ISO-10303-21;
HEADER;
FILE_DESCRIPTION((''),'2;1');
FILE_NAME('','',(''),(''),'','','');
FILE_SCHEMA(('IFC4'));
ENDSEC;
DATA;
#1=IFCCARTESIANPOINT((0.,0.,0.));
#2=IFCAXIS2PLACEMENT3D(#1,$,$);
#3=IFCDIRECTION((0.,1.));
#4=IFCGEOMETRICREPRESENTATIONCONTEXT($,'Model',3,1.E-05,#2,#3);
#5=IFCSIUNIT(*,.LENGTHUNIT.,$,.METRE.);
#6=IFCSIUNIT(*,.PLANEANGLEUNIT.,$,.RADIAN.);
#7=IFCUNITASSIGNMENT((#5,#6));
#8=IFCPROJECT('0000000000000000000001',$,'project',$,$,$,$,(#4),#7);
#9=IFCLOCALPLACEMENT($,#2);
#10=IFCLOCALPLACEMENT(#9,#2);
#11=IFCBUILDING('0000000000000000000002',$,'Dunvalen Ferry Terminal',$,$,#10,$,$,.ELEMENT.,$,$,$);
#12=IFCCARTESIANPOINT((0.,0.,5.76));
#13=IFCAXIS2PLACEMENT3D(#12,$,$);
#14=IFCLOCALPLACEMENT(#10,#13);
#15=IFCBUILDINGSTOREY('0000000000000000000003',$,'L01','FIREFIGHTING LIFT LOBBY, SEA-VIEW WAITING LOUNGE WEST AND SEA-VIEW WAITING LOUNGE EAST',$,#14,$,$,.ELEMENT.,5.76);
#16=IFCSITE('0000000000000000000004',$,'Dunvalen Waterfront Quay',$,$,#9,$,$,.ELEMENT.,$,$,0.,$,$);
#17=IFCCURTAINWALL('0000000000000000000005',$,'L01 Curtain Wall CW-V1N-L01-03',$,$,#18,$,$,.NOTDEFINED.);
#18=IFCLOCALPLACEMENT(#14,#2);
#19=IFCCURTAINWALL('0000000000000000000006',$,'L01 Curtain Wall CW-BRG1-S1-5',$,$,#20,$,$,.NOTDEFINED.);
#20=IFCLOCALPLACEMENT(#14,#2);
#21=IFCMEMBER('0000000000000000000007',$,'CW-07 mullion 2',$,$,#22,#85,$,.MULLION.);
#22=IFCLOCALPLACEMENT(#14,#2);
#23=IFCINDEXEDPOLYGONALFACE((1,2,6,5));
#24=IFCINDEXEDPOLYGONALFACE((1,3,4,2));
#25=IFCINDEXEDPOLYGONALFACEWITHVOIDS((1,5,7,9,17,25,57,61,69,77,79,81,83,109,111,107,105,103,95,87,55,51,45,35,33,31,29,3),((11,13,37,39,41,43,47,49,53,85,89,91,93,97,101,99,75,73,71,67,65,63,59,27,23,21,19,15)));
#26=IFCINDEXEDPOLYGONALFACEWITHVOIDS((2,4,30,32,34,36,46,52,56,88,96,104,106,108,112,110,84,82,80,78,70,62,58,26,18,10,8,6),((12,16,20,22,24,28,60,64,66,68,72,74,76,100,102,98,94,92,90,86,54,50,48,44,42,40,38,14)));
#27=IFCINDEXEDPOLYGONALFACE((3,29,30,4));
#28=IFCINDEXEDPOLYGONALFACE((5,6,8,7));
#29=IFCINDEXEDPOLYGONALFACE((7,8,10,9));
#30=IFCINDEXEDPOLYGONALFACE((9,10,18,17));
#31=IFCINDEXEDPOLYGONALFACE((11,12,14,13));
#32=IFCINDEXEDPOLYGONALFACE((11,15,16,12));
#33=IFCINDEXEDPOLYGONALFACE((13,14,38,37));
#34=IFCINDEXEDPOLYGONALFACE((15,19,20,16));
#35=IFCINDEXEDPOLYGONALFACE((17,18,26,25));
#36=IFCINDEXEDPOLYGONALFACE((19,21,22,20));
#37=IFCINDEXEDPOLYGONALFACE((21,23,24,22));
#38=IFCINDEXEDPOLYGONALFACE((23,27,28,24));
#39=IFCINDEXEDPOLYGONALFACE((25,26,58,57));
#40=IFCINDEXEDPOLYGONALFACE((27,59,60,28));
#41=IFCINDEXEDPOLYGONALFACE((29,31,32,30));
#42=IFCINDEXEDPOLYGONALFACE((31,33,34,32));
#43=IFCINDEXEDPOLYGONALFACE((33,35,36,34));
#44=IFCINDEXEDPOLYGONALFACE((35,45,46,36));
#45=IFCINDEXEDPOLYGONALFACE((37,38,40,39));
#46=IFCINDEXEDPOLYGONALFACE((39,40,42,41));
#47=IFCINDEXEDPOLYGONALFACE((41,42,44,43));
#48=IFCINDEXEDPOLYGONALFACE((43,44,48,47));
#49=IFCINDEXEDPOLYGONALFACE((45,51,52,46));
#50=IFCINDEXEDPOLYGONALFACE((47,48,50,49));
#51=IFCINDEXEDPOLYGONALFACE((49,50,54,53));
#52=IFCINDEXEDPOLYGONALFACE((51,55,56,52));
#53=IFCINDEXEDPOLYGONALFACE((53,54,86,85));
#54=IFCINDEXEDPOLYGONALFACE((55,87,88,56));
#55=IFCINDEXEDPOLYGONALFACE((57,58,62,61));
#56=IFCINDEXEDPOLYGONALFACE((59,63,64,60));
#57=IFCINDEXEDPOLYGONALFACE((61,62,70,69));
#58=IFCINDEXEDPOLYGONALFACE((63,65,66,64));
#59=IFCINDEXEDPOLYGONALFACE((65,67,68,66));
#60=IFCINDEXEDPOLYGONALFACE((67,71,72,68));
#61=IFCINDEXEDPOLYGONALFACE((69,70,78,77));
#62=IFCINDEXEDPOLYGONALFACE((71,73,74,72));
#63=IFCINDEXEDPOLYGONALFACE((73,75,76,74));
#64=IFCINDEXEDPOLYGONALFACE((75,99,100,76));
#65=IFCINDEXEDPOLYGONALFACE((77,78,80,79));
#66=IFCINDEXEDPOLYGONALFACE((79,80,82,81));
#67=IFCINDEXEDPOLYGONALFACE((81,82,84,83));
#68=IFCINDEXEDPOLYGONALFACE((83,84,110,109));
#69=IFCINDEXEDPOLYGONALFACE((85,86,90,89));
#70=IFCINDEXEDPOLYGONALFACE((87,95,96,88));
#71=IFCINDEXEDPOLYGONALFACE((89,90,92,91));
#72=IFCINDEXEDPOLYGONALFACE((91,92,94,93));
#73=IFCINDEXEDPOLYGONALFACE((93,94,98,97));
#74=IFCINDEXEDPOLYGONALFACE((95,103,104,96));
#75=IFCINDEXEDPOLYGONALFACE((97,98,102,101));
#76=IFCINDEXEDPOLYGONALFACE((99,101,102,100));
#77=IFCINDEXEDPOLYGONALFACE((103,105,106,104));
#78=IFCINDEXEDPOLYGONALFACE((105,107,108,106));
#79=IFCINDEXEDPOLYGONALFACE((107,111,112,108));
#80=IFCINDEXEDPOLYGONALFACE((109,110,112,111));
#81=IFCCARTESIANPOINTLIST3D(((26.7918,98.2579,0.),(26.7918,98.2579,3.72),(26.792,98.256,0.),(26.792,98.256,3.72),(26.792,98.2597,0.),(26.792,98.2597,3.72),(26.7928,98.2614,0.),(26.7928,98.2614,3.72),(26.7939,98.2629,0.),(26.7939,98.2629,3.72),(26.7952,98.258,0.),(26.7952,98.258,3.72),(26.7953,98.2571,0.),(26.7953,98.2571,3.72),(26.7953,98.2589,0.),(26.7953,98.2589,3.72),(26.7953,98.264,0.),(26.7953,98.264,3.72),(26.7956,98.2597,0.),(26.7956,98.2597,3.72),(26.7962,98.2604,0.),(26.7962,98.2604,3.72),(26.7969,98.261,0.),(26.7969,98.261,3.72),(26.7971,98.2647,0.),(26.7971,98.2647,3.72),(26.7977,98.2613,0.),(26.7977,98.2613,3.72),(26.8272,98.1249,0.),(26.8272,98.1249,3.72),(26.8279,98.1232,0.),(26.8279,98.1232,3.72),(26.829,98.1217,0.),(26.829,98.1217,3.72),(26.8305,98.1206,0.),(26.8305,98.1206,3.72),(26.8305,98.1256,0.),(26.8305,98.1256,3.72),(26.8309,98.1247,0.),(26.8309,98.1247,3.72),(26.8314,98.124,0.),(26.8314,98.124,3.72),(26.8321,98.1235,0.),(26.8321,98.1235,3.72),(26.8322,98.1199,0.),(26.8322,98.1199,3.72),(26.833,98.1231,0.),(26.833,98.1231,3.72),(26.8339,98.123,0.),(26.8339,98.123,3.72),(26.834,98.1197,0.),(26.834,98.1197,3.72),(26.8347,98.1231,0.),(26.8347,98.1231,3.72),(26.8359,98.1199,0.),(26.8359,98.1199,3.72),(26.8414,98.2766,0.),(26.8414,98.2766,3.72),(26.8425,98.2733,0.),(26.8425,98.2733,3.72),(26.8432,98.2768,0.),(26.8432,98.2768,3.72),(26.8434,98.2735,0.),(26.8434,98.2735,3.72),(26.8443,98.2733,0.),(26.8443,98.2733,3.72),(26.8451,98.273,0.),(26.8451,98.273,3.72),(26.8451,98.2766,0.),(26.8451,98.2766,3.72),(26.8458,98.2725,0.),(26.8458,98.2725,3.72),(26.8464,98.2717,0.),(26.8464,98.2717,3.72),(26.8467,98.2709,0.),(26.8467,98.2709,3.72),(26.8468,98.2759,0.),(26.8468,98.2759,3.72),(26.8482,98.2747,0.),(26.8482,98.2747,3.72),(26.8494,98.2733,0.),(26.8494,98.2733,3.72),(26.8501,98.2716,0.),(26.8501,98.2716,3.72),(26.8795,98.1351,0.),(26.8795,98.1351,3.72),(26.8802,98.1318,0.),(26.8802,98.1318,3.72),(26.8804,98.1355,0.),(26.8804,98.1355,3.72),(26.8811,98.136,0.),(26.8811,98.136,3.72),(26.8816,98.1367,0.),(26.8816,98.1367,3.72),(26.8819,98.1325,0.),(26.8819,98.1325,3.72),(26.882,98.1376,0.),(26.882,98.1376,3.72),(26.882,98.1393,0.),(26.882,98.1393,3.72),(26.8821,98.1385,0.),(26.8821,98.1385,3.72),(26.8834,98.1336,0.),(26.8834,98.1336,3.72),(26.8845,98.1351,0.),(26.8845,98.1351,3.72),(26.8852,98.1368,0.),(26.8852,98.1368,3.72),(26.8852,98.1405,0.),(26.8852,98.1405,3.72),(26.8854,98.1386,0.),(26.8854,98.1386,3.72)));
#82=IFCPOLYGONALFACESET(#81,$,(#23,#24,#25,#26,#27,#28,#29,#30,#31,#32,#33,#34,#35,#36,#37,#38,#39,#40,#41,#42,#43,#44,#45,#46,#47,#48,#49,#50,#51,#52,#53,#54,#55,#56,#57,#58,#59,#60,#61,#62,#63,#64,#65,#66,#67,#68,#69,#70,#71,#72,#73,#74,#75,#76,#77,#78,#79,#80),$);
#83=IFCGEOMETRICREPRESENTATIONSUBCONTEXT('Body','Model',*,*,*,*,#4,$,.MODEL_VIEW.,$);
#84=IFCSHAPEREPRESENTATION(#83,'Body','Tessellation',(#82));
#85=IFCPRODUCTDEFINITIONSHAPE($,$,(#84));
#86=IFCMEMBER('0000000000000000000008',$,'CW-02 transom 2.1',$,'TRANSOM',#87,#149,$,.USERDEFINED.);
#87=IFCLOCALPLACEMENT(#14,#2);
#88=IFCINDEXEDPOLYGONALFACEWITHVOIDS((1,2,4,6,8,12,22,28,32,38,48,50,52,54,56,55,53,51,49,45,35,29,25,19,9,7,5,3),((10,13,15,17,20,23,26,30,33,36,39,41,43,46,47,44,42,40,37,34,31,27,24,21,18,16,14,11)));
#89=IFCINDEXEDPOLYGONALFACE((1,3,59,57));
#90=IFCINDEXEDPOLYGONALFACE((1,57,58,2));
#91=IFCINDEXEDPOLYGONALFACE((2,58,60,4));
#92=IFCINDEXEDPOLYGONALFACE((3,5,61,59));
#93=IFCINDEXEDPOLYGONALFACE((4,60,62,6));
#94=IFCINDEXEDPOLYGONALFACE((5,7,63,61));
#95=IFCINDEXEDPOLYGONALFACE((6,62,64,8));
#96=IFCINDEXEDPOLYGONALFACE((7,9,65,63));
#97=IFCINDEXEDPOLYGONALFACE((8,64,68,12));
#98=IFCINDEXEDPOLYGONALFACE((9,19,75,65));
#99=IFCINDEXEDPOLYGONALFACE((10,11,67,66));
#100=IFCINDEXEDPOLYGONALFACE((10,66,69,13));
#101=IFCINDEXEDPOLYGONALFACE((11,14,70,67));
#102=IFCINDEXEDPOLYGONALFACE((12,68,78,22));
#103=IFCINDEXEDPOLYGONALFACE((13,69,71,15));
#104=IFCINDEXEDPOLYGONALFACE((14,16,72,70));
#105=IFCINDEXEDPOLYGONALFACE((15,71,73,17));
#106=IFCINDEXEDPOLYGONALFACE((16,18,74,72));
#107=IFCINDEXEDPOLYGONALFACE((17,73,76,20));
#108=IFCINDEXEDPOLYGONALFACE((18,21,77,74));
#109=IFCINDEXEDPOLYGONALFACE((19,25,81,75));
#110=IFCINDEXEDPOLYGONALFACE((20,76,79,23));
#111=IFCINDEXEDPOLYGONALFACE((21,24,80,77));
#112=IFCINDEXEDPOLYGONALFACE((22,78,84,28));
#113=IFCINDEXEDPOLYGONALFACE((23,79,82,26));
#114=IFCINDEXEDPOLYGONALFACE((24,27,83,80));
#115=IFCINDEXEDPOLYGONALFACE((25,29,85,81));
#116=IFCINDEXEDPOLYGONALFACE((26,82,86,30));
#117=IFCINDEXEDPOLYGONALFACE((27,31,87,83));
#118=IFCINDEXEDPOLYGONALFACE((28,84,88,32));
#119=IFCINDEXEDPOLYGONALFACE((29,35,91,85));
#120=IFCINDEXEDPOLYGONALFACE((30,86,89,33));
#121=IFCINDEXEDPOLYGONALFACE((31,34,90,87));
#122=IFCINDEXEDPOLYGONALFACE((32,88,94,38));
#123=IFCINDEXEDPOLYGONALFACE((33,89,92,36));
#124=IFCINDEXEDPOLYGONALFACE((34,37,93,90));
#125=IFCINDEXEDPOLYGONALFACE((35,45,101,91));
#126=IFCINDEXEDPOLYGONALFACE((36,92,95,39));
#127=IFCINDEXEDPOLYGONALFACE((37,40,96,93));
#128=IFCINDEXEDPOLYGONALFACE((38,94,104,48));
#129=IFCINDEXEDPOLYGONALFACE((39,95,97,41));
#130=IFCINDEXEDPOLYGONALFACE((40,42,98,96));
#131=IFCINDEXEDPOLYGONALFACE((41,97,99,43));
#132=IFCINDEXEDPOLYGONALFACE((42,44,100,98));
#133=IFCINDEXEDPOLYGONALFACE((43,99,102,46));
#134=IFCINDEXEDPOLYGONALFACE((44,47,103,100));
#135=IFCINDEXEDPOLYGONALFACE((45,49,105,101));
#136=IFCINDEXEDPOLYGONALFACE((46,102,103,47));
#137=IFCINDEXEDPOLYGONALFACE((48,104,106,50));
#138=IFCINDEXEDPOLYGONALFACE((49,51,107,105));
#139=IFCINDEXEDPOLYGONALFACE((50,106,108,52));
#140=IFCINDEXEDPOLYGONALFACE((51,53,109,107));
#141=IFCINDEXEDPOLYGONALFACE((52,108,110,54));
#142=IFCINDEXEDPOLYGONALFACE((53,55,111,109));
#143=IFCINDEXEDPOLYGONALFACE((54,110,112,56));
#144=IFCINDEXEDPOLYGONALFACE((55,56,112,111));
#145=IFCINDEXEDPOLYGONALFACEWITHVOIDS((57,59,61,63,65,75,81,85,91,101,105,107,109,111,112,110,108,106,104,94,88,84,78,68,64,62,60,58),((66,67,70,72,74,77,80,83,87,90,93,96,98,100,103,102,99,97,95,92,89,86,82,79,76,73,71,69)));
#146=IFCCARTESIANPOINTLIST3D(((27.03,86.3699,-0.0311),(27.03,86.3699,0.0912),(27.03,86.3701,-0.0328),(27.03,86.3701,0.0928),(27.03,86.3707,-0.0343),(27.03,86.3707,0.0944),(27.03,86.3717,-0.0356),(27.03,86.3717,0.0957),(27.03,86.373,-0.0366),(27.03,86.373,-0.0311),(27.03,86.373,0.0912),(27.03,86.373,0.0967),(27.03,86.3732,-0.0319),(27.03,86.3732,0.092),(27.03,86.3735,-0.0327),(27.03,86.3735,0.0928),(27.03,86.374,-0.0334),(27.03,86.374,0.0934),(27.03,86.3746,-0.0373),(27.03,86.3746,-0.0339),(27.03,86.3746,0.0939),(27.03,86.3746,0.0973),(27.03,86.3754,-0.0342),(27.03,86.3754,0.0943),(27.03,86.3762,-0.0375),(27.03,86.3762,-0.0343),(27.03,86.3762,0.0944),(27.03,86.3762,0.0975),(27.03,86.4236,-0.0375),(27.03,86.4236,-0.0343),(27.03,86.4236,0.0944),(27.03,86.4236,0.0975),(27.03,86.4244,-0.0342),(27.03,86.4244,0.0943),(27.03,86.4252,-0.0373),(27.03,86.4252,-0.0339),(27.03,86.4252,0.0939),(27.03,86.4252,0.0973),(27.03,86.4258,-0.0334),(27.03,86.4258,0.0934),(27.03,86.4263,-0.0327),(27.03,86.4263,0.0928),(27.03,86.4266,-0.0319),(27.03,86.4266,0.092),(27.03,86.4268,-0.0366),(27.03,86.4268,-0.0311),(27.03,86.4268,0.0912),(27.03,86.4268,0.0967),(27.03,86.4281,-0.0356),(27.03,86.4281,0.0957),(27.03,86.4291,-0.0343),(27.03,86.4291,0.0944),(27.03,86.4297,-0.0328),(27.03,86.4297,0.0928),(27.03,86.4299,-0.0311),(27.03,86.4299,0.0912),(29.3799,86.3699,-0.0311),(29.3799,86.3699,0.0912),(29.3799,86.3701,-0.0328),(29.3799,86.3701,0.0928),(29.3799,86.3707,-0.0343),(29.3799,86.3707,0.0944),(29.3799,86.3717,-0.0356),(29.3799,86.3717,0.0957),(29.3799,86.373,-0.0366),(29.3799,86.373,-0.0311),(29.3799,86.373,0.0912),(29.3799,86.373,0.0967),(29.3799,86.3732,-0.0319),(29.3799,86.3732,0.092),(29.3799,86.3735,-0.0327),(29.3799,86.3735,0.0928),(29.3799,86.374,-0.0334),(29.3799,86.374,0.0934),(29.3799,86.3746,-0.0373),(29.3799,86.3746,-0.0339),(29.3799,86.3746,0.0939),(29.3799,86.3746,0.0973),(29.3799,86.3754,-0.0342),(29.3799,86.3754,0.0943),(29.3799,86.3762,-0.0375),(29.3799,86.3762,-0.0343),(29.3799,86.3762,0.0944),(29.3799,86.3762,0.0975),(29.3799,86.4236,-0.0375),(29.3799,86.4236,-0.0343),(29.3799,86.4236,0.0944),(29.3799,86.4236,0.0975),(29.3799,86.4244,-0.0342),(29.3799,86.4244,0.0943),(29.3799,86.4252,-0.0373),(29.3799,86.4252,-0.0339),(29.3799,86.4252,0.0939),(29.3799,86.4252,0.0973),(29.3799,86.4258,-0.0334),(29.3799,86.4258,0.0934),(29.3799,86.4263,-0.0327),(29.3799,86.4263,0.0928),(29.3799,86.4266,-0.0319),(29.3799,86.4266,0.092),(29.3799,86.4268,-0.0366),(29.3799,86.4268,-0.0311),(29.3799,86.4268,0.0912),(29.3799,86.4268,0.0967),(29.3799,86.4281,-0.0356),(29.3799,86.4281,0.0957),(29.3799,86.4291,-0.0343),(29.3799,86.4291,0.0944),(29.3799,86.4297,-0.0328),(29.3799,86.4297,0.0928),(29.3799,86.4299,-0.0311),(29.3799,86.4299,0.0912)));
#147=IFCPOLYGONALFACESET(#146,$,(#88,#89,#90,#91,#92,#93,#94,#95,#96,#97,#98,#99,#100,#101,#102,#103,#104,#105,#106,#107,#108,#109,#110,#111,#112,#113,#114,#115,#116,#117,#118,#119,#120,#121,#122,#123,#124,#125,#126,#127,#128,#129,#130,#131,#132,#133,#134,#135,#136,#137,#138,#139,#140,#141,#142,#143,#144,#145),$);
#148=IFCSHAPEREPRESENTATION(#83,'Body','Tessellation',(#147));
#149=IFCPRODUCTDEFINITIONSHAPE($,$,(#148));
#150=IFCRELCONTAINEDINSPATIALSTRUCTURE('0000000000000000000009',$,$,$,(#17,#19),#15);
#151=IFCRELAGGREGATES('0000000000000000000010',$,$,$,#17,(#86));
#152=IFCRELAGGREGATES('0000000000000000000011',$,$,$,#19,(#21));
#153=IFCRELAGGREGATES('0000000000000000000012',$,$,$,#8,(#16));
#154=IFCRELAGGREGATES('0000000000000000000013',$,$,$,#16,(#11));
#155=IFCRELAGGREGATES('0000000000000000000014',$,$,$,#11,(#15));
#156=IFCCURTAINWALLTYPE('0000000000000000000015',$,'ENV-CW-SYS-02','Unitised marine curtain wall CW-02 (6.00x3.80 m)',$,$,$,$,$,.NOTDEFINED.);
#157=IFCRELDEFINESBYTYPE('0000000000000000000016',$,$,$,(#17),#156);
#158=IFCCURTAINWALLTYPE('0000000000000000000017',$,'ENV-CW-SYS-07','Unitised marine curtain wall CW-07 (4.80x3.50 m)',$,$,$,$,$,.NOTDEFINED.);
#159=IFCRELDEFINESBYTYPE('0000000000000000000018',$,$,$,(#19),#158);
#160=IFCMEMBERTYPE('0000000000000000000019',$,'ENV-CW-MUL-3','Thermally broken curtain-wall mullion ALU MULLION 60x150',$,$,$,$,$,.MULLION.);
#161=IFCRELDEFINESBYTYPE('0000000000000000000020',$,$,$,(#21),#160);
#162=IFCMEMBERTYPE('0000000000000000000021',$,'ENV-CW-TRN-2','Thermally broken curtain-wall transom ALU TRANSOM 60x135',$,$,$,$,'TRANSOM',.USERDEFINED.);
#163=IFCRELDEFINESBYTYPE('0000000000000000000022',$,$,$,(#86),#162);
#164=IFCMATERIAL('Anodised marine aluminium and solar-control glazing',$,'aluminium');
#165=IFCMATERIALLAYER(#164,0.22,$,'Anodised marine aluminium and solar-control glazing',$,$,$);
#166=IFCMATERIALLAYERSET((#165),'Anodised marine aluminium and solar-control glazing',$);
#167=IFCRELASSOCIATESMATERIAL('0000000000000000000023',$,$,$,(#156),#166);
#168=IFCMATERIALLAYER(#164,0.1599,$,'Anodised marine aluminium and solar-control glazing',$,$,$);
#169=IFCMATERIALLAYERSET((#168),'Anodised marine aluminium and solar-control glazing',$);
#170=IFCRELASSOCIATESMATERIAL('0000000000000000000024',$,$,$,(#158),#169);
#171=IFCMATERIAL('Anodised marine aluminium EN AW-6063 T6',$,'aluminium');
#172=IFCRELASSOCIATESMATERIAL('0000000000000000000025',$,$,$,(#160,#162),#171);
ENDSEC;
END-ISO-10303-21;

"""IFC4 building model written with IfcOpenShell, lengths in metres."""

from ifc_helpers import new_model, si_unit, direction, frame, origin, origin_2d, place, context, subcontext, project, spatial, hollow_rectangle, extrude, material, layer, layer_set, material_profile, profile_set, type_object, element, aggregate, save


model = new_model("IFC4")

# Units and contexts
model_context = context("Model", 3, precision=1e-05, world=origin(), true_north=direction((0.0, 1.0)))
body_context = subcontext(model_context, "Body", "Model", "MODEL_VIEW")
ifc_project = project(units=[si_unit("LENGTHUNIT", "METRE"), si_unit("PLANEANGLEUNIT", "RADIAN")], contexts=[model_context])

# Site, building, storey
site_placement = place(None, origin())
site = spatial("IfcSite", under=ifc_project, at=site_placement, Name="Dunvalen Waterfront Quay", CompositionType="ELEMENT", RefElevation=0.0)
building_placement = place(site_placement, origin())
building = spatial("IfcBuilding", under=site, at=building_placement, Name="Dunvalen Ferry Terminal", CompositionType="ELEMENT")
storey_placement = place(building_placement, frame((0.0, 0.0, 5.76)))
storey = spatial("IfcBuildingStorey", under=building, at=storey_placement, Name="L01", Description="FIREFIGHTING LIFT LOBBY, SEA-VIEW WAITING LOUNGE WEST AND SEA-VIEW WAITING LOUNGE EAST", CompositionType="ELEMENT", Elevation=5.76)

# Curtain wall
ifc_material_1 = material(Name="Anodised marine aluminium and solar-control glazing", Category="aluminium")
ifc_layer_1 = layer(ifc_material_1, 0.22, Name="Anodised marine aluminium and solar-control glazing")
ifc_layer_set_1 = layer_set([ifc_layer_1], Name="Anodised marine aluminium and solar-control glazing")
curtain_wall_type_1 = type_object("IfcCurtainWallType", Name="ENV-CW-SYS-02", Description="Unitised marine curtain wall CW-02 (6.00x3.80 m)", PredefinedType="NOTDEFINED", material=ifc_layer_set_1)
curtain_wall_1_placement = place(storey_placement, origin())
curtain_wall_1 = element("IfcCurtainWall", 1, at=curtain_wall_1_placement, inside=storey, type_object=curtain_wall_type_1, Name="L01 Curtain Wall CW-V1N-L01-03", PredefinedType="NOTDEFINED")
ifc_material_2 = material(Name="Anodised marine aluminium EN AW-6063 T6", Category="aluminium")
ifc_layer_2 = layer(ifc_material_1, 0.1599, Name="Anodised marine aluminium and solar-control glazing")
ifc_layer_set_2 = layer_set([ifc_layer_2], Name="Anodised marine aluminium and solar-control glazing")
curtain_wall_type_2 = type_object("IfcCurtainWallType", Name="ENV-CW-SYS-07", Description="Unitised marine curtain wall CW-07 (4.80x3.50 m)", PredefinedType="NOTDEFINED", material=ifc_layer_set_2)
ifc_material_profile_1 = material_profile(ifc_material_2, hollow_rectangle(XDim=0.0601, YDim=0.1499, WallThickness=0.0034, InnerFilletRadius=0.0034, OuterFilletRadius=0.0071, at=origin_2d()), Name="Anodised marine aluminium EN AW-6063 T6")
ifc_profile_set_1 = profile_set([ifc_material_profile_1], Name="Anodised marine aluminium EN AW-6063 T6")
member_type_1 = type_object("IfcMemberType", Name="ENV-CW-MUL-3", Description="Thermally broken curtain-wall mullion ALU MULLION 60x150", PredefinedType="MULLION", material=ifc_profile_set_1)

# Curtain wall, member
curtain_wall_2_placement = place(storey_placement, origin())
curtain_wall_2 = element("IfcCurtainWall", 2, at=curtain_wall_2_placement, inside=storey, type_object=curtain_wall_type_2, Name="L01 Curtain Wall CW-BRG1-S1-5", PredefinedType="NOTDEFINED")
member_1_placement = place(storey_placement, frame((26.8386, 98.1982, 0.0), z_axis=(0.0, 0.0, 1.0), x_axis=(-0.965923, -0.25883, 0.0)))
member_1 = element("IfcMember", 3, at=member_1_placement, type_object=member_type_1, Name="CW-07 mullion 2", PredefinedType="MULLION", context=body_context, shape_type="SweptSolid", body=[
    extrude(hollow_rectangle(XDim=0.0601, YDim=0.1499, WallThickness=0.0034, InnerFilletRadius=0.0034, OuterFilletRadius=0.0071, at=origin_2d()), origin(), (0.0, 0.0, 1.0), 3.72),
])

# Member
ifc_material_profile_2 = material_profile(ifc_material_2, hollow_rectangle(XDim=0.0601, YDim=0.135, WallThickness=0.0032, InnerFilletRadius=0.0032, OuterFilletRadius=0.0063, at=origin_2d()), Name="Anodised marine aluminium EN AW-6063 T6")
ifc_profile_set_2 = profile_set([ifc_material_profile_2], Name="Anodised marine aluminium EN AW-6063 T6")
member_type_2 = type_object("IfcMemberType", Name="ENV-CW-TRN-2", Description="Thermally broken curtain-wall transom ALU TRANSOM 60x135", ElementType="TRANSOM", PredefinedType="USERDEFINED", material=ifc_profile_set_2)
member_2_placement = place(storey_placement, frame((27.03, 86.3999, 0.03), z_axis=(1.0, 0.0, 0.0), x_axis=(0.0, 1.0, 0.0)))
member_2 = element("IfcMember", 4, at=member_2_placement, type_object=member_type_2, Name="CW-02 transom 2.1", ObjectType="TRANSOM", PredefinedType="USERDEFINED", context=body_context, shape_type="SweptSolid", body=[
    extrude(hollow_rectangle(XDim=0.0601, YDim=0.135, WallThickness=0.0032, InnerFilletRadius=0.0032, OuterFilletRadius=0.0063, at=origin_2d()), origin(), (0.0, 0.0, 1.0), 2.3499),
])

aggregate(curtain_wall_1, [member_2])
aggregate(curtain_wall_2, [member_1])

save(model, "model.ifc")
